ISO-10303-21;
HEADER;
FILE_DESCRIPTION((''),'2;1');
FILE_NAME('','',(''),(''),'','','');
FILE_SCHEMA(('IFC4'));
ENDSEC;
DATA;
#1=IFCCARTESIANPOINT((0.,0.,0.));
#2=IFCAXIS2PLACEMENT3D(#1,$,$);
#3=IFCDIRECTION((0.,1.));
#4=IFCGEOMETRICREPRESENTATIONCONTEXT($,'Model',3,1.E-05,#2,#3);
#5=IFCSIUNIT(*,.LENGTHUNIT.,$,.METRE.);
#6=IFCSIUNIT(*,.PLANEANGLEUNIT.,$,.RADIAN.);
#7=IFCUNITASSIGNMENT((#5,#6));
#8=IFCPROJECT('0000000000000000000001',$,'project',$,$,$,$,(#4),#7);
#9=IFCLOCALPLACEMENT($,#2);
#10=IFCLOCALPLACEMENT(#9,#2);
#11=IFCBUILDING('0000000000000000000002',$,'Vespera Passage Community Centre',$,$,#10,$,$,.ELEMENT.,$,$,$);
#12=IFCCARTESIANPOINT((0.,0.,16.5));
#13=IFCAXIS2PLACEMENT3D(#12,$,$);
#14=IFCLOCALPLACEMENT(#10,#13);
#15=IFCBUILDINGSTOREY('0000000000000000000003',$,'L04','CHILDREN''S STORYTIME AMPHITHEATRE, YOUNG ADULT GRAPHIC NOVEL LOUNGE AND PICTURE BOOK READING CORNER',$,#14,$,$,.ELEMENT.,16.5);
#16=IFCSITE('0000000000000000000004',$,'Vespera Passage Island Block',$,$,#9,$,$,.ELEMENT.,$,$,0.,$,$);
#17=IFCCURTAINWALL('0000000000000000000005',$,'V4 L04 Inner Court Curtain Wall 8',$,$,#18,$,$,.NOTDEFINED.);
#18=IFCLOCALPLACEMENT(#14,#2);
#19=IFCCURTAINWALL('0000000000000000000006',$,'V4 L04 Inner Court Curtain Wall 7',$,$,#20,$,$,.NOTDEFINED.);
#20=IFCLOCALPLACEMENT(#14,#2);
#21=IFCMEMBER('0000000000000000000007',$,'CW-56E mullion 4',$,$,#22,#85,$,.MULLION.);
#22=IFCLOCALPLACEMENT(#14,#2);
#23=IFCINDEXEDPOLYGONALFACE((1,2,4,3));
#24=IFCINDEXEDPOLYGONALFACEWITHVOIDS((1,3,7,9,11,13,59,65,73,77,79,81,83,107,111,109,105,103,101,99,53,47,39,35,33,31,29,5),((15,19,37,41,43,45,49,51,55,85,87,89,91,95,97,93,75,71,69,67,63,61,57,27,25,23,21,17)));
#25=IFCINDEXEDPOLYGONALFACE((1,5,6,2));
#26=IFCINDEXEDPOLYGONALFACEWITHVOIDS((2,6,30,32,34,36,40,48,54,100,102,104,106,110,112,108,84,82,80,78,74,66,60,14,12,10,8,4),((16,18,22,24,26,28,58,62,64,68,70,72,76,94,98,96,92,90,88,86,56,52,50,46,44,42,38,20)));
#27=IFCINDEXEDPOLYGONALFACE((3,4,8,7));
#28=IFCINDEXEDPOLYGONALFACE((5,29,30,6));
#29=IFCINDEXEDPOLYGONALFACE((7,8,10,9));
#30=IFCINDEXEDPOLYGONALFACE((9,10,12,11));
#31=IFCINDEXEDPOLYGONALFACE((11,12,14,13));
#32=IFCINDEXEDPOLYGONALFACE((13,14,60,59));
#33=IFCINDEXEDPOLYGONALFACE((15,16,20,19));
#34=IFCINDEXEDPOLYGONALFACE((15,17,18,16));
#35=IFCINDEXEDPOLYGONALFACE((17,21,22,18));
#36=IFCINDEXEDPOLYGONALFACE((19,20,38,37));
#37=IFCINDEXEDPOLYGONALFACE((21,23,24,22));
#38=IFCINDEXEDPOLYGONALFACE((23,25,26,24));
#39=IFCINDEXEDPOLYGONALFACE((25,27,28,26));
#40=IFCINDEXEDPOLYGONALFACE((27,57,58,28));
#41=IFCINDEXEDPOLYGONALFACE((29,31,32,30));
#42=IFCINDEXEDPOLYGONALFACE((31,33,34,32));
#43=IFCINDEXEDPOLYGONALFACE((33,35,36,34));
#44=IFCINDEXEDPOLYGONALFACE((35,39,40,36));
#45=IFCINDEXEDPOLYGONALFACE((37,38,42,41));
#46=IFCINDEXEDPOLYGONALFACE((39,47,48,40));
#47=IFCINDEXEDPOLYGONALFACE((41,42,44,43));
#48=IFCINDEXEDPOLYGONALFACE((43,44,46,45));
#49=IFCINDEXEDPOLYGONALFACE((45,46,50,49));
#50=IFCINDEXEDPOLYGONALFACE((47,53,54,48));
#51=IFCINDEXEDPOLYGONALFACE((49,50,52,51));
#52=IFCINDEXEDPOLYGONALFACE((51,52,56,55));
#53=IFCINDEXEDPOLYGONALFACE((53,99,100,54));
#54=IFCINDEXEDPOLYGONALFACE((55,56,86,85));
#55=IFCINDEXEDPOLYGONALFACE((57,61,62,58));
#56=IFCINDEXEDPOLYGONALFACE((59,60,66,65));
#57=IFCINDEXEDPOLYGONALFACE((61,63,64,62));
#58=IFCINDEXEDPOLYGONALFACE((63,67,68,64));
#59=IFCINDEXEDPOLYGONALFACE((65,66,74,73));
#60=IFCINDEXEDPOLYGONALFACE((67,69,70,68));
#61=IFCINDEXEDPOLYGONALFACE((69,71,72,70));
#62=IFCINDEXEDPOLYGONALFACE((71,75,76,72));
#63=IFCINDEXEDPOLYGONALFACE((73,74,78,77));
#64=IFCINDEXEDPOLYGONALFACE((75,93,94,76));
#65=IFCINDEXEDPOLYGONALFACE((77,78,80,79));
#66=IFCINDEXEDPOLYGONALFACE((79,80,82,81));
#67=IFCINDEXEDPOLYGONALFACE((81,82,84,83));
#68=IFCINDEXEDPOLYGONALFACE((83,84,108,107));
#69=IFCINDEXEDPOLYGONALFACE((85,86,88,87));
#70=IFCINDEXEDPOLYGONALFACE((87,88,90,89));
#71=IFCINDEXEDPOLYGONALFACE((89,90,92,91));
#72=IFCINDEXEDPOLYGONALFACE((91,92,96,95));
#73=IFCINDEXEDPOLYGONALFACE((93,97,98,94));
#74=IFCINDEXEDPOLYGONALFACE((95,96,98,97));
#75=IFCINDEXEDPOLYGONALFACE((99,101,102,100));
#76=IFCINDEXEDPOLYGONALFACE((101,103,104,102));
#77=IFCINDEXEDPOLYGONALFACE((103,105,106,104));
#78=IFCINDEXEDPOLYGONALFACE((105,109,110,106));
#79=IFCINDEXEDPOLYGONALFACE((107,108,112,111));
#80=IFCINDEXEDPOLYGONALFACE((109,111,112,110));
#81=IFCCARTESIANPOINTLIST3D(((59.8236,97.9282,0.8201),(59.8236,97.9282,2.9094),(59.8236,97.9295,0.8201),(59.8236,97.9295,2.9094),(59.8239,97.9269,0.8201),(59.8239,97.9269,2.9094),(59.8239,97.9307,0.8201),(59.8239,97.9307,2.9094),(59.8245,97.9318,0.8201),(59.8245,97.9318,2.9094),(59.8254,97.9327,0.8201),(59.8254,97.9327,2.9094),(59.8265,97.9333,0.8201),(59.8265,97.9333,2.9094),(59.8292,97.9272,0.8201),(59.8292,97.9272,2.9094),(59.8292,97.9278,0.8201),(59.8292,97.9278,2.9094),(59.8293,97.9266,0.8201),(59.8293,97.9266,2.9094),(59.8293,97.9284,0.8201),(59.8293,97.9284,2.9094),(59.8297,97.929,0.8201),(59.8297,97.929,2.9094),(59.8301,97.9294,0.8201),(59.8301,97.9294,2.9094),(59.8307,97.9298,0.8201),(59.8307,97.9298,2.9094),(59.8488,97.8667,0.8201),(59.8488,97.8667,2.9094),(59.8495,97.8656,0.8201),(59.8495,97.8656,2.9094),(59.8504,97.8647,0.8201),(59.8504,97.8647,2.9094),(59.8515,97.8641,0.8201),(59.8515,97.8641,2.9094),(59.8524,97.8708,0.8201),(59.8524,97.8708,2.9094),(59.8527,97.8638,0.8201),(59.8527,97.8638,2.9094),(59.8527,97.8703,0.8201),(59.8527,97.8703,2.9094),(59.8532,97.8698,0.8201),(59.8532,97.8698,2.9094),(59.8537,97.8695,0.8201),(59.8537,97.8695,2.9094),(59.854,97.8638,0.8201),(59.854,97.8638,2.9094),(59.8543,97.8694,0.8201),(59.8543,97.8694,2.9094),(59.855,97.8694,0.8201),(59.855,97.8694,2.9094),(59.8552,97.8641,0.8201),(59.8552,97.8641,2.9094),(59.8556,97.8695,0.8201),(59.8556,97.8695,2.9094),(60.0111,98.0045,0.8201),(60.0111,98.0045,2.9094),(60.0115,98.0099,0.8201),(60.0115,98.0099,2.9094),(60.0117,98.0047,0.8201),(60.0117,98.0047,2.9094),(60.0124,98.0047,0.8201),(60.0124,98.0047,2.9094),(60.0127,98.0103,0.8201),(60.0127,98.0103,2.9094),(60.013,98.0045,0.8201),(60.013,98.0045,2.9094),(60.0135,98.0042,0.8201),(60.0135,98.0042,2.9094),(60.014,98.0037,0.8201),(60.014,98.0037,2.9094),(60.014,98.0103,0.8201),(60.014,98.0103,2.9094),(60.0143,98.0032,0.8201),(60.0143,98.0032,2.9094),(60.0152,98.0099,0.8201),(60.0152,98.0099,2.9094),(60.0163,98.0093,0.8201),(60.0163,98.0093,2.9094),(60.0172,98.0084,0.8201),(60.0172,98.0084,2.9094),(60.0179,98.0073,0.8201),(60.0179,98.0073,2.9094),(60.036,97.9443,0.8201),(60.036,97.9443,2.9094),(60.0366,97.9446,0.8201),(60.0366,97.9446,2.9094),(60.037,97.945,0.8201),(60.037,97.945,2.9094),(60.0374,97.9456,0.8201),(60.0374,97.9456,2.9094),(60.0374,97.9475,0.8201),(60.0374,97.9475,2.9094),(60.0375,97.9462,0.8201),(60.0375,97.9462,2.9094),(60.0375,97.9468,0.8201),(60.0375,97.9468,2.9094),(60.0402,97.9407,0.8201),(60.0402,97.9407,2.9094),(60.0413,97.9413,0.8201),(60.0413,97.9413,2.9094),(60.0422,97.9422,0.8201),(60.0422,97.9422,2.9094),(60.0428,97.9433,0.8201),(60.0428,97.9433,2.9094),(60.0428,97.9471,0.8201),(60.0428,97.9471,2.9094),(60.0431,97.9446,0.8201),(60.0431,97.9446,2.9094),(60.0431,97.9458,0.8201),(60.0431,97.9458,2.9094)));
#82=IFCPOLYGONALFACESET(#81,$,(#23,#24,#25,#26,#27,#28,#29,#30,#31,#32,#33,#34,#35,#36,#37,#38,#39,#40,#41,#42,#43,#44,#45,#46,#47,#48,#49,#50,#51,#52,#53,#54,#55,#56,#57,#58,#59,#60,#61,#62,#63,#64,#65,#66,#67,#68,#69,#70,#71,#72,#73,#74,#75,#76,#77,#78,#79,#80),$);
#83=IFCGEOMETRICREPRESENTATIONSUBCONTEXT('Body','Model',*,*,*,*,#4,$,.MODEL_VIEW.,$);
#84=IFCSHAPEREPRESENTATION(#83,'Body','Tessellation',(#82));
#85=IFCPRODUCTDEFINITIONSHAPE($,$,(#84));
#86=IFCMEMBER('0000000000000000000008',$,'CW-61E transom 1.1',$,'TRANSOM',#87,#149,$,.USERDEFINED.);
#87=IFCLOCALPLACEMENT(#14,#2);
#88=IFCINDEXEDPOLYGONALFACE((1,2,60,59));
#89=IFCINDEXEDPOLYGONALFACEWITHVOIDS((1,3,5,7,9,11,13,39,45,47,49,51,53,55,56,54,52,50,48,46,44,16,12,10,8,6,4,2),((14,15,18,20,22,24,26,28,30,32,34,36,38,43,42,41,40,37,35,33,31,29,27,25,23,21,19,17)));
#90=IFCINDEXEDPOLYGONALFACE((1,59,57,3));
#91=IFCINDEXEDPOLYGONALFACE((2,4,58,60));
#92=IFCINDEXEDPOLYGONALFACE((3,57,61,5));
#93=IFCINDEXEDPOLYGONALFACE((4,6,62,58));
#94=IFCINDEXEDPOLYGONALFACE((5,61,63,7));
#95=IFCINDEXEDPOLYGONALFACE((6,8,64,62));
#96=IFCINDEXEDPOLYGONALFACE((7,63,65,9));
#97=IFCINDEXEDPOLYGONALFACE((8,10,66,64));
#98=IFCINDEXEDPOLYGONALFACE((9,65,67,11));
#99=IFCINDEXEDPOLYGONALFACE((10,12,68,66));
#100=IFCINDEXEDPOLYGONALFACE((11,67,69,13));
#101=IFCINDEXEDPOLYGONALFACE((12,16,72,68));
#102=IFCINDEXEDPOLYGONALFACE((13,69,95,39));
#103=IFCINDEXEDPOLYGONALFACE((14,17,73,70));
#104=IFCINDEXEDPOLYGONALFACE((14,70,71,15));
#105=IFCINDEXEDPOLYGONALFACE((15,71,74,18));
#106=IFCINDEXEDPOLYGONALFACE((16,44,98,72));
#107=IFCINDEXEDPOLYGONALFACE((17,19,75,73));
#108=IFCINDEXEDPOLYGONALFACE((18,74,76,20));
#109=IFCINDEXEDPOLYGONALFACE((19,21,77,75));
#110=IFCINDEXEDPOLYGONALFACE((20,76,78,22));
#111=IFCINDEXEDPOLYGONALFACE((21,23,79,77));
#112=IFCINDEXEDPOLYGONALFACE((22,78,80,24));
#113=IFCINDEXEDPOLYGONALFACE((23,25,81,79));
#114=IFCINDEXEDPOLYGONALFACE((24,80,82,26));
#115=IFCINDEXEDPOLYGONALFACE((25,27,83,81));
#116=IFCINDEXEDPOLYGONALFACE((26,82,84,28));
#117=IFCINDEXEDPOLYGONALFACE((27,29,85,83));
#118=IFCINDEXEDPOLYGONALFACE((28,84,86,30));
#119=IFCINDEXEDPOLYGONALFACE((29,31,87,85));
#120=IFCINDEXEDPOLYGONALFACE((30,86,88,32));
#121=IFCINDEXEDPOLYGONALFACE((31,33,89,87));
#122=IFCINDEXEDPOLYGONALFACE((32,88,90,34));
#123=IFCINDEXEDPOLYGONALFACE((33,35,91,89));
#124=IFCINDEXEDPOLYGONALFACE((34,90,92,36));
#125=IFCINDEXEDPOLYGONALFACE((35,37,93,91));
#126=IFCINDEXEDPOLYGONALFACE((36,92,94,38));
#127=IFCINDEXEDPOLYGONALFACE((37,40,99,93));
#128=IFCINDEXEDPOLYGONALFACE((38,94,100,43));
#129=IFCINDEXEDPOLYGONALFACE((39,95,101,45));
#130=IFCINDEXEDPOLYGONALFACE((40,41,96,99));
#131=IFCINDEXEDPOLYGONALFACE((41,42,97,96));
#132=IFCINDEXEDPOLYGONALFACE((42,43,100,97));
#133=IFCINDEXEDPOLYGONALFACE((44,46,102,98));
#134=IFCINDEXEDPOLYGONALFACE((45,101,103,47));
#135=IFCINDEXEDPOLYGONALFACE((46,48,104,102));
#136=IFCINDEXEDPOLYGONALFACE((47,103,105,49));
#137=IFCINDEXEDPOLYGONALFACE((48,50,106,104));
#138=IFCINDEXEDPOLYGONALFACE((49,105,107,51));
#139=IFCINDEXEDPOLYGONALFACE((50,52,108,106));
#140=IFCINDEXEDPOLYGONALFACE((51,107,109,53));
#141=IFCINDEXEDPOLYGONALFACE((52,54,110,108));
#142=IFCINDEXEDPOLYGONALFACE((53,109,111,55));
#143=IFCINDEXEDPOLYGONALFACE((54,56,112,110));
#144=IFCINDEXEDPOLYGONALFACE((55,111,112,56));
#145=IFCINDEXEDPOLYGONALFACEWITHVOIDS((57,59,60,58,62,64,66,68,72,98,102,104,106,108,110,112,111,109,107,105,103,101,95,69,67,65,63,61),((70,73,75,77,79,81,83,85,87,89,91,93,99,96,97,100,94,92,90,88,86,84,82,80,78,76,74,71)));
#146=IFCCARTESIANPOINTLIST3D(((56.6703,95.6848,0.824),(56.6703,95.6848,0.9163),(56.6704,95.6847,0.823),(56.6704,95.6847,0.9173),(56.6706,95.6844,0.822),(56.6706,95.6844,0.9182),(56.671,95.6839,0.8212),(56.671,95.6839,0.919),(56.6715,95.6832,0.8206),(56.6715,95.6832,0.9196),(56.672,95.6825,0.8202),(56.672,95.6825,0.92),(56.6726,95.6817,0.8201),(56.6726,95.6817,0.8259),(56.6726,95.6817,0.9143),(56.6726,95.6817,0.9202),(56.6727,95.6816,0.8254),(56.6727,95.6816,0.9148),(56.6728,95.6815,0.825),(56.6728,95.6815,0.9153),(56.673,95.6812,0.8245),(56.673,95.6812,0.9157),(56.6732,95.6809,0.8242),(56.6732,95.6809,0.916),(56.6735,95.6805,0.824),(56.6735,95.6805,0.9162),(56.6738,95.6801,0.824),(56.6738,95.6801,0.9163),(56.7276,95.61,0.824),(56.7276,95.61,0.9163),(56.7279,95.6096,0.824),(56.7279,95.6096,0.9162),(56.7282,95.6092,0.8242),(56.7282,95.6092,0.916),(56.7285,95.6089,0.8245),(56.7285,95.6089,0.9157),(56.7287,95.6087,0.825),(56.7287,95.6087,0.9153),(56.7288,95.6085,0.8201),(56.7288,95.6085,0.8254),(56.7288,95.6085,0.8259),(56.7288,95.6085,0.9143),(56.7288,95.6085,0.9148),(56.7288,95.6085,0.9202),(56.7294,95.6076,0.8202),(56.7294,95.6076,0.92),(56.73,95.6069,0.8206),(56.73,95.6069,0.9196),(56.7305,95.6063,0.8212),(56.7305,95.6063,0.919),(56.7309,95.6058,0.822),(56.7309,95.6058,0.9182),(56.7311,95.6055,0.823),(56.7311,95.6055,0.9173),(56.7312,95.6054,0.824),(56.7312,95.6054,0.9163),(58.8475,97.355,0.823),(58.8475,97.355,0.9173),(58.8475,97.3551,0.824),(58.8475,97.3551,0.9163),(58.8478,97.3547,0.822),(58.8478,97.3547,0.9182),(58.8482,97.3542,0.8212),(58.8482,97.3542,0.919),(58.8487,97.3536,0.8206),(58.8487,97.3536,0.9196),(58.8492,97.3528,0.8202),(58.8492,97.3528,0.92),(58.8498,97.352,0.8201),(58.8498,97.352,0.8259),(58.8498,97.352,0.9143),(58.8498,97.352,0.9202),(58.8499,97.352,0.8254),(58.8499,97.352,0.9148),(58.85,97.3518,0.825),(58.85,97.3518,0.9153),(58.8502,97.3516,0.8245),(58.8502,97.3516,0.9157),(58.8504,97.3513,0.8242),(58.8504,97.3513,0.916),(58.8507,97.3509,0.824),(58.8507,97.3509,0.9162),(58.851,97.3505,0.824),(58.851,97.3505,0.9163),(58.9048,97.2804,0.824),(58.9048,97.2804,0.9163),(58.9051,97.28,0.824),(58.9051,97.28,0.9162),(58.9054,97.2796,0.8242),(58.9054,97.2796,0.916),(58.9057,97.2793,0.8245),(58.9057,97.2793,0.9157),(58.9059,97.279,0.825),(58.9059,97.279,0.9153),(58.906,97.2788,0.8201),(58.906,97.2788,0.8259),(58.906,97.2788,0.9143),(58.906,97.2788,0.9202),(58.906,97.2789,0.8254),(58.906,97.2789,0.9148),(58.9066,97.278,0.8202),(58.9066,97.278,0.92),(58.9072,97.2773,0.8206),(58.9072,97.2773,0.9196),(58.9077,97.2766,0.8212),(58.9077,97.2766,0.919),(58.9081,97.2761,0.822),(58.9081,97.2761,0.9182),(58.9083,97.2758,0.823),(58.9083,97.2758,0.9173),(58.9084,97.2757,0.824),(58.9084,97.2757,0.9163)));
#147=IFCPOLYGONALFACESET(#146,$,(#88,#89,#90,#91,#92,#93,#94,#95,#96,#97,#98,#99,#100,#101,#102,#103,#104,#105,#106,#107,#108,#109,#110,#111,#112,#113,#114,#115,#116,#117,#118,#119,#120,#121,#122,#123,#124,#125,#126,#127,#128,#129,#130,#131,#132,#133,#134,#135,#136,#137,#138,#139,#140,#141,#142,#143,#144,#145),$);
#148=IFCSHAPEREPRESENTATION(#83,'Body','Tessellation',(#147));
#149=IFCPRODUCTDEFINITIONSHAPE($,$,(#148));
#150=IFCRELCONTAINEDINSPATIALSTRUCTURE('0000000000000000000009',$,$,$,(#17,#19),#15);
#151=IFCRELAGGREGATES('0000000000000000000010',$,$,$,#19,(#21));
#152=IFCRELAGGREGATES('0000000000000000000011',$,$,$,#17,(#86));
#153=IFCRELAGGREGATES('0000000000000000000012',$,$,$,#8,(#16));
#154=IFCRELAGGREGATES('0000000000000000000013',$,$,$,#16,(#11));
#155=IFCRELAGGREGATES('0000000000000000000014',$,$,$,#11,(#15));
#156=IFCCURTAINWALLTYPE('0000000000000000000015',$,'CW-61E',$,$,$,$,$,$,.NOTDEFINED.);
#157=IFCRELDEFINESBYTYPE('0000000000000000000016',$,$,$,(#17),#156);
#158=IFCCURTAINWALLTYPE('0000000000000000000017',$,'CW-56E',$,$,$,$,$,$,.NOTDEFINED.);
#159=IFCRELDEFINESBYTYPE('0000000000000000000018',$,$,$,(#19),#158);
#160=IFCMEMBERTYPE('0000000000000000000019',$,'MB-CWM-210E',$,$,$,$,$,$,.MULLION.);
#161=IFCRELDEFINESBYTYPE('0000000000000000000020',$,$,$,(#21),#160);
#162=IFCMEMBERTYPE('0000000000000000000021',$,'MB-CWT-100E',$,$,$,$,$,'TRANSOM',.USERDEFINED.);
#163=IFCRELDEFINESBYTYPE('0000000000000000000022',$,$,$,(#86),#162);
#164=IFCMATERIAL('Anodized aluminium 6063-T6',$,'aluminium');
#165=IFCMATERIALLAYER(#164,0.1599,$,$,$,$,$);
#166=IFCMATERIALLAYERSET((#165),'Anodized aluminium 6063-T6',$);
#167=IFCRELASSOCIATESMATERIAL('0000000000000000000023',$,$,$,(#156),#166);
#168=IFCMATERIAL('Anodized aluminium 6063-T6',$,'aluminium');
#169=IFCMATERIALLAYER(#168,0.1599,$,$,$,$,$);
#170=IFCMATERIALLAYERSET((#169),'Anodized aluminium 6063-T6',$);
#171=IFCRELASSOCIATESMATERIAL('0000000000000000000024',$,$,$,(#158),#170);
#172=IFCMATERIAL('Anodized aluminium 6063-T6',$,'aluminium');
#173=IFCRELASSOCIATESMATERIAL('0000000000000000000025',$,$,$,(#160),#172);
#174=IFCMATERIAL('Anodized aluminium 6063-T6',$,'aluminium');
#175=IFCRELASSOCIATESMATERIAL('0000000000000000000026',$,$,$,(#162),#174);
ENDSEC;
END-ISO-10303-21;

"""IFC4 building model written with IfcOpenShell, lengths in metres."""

from ifc_helpers import new_model, si_unit, direction, frame, origin, origin_2d, place, context, subcontext, project, spatial, hollow_rectangle, extrude, material, layer, layer_set, material_profile, profile_set, type_object, element, aggregate, save


model = new_model("IFC4")

# Units and contexts
model_context = context("Model", 3, precision=1e-05, world=origin(), true_north=direction((0.0, 1.0)))
body_context = subcontext(model_context, "Body", "Model", "MODEL_VIEW")
ifc_project = project(units=[si_unit("LENGTHUNIT", "METRE"), si_unit("PLANEANGLEUNIT", "RADIAN")], contexts=[model_context])

# Site, building, storey
site_placement = place(None, origin())
site = spatial("IfcSite", under=ifc_project, at=site_placement, Name="Vespera Passage Island Block", CompositionType="ELEMENT", RefElevation=0.0)
building_placement = place(site_placement, origin())
building = spatial("IfcBuilding", under=site, at=building_placement, Name="Vespera Passage Community Centre", CompositionType="ELEMENT")
storey_placement = place(building_placement, frame((0.0, 0.0, 16.5)))
storey = spatial("IfcBuildingStorey", under=building, at=storey_placement, Name="L04", Description="CHILDREN'S STORYTIME AMPHITHEATRE, YOUNG ADULT GRAPHIC NOVEL LOUNGE AND PICTURE BOOK READING CORNER", CompositionType="ELEMENT", Elevation=16.5)

# Curtain wall
ifc_material_1 = material(Name="Anodized aluminium 6063-T6", Category="aluminium")
ifc_layer_1 = layer(ifc_material_1, 0.1599)
ifc_layer_set_1 = layer_set([ifc_layer_1], Name="Anodized aluminium 6063-T6")
curtain_wall_type_1 = type_object("IfcCurtainWallType", Name="CW-61E", PredefinedType="NOTDEFINED", material=ifc_layer_set_1)
curtain_wall_1_placement = place(storey_placement, origin())
curtain_wall_1 = element("IfcCurtainWall", 1, at=curtain_wall_1_placement, inside=storey, type_object=curtain_wall_type_1, Name="V4 L04 Inner Court Curtain Wall 8", PredefinedType="NOTDEFINED")

# Curtain wall, member
ifc_material_2 = material(Name="Anodized aluminium 6063-T6", Category="aluminium")
ifc_layer_2 = layer(ifc_material_2, 0.1599)
ifc_layer_set_2 = layer_set([ifc_layer_2], Name="Anodized aluminium 6063-T6")
curtain_wall_type_2 = type_object("IfcCurtainWallType", Name="CW-56E", PredefinedType="NOTDEFINED", material=ifc_layer_set_2)
curtain_wall_2_placement = place(storey_placement, origin())
curtain_wall_2 = element("IfcCurtainWall", 2, at=curtain_wall_2_placement, inside=storey, type_object=curtain_wall_type_2, Name="V4 L04 Inner Court Curtain Wall 7", PredefinedType="NOTDEFINED")
ifc_material_3 = material(Name="Anodized aluminium 6063-T6", Category="aluminium")
ifc_material_profile_1 = material_profile(ifc_material_3, hollow_rectangle(XDim=0.075, YDim=0.21, WallThickness=0.0049, InnerFilletRadius=0.0024, OuterFilletRadius=0.0049, at=origin_2d()), Name="ALU210X75X5")
ifc_profile_set_1 = profile_set([ifc_material_profile_1], Name="Anodized aluminium 6063-T6")
member_type_1 = type_object("IfcMemberType", Name="MB-CWM-210E", PredefinedType="MULLION", material=ifc_profile_set_1)
member_1_placement = place(storey_placement, frame((59.9333, 97.937, 0.8201), z_axis=(0.0, 0.0, 1.0), x_axis=(0.38269, -0.923877, 0.0)))
member_1 = element("IfcMember", 3, at=member_1_placement, type_object=member_type_1, Name="CW-56E mullion 4", PredefinedType="MULLION", context=body_context, shape_type="SweptSolid", body=[
    extrude(hollow_rectangle(XDim=0.075, YDim=0.21, WallThickness=0.0049, InnerFilletRadius=0.0024, OuterFilletRadius=0.0049, at=origin_2d()), origin(), (0.0, 0.0, 1.0), 2.0894),
])

# Member
ifc_material_4 = material(Name="Anodized aluminium 6063-T6", Category="aluminium")
ifc_material_profile_2 = material_profile(ifc_material_4, hollow_rectangle(XDim=0.1001, YDim=0.1001, WallThickness=0.0039, InnerFilletRadius=0.002, OuterFilletRadius=0.0039, at=origin_2d()), Name="ALU100X100X4")
ifc_profile_set_2 = profile_set([ifc_material_profile_2], Name="Anodized aluminium 6063-T6")
member_type_2 = type_object("IfcMemberType", Name="MB-CWT-100E", ElementType="TRANSOM", PredefinedType="USERDEFINED", material=ifc_profile_set_2)
member_2_placement = place(storey_placement, frame((58.8779, 97.3154, 0.8701), z_axis=(-0.793397, -0.608704, 0.0), x_axis=(0.608704, -0.793397, 0.0)))
member_2 = element("IfcMember", 4, at=member_2_placement, type_object=member_type_2, Name="CW-61E transom 1.1", ObjectType="TRANSOM", PredefinedType="USERDEFINED", context=body_context, shape_type="SweptSolid", body=[
    extrude(hollow_rectangle(XDim=0.1001, YDim=0.1001, WallThickness=0.0039, InnerFilletRadius=0.002, OuterFilletRadius=0.0039, at=origin_2d()), origin(), (0.0, 0.0, 1.0), 2.7441),
])

aggregate(curtain_wall_2, [member_1])
aggregate(curtain_wall_1, [member_2])

save(model, "model.ifc")
